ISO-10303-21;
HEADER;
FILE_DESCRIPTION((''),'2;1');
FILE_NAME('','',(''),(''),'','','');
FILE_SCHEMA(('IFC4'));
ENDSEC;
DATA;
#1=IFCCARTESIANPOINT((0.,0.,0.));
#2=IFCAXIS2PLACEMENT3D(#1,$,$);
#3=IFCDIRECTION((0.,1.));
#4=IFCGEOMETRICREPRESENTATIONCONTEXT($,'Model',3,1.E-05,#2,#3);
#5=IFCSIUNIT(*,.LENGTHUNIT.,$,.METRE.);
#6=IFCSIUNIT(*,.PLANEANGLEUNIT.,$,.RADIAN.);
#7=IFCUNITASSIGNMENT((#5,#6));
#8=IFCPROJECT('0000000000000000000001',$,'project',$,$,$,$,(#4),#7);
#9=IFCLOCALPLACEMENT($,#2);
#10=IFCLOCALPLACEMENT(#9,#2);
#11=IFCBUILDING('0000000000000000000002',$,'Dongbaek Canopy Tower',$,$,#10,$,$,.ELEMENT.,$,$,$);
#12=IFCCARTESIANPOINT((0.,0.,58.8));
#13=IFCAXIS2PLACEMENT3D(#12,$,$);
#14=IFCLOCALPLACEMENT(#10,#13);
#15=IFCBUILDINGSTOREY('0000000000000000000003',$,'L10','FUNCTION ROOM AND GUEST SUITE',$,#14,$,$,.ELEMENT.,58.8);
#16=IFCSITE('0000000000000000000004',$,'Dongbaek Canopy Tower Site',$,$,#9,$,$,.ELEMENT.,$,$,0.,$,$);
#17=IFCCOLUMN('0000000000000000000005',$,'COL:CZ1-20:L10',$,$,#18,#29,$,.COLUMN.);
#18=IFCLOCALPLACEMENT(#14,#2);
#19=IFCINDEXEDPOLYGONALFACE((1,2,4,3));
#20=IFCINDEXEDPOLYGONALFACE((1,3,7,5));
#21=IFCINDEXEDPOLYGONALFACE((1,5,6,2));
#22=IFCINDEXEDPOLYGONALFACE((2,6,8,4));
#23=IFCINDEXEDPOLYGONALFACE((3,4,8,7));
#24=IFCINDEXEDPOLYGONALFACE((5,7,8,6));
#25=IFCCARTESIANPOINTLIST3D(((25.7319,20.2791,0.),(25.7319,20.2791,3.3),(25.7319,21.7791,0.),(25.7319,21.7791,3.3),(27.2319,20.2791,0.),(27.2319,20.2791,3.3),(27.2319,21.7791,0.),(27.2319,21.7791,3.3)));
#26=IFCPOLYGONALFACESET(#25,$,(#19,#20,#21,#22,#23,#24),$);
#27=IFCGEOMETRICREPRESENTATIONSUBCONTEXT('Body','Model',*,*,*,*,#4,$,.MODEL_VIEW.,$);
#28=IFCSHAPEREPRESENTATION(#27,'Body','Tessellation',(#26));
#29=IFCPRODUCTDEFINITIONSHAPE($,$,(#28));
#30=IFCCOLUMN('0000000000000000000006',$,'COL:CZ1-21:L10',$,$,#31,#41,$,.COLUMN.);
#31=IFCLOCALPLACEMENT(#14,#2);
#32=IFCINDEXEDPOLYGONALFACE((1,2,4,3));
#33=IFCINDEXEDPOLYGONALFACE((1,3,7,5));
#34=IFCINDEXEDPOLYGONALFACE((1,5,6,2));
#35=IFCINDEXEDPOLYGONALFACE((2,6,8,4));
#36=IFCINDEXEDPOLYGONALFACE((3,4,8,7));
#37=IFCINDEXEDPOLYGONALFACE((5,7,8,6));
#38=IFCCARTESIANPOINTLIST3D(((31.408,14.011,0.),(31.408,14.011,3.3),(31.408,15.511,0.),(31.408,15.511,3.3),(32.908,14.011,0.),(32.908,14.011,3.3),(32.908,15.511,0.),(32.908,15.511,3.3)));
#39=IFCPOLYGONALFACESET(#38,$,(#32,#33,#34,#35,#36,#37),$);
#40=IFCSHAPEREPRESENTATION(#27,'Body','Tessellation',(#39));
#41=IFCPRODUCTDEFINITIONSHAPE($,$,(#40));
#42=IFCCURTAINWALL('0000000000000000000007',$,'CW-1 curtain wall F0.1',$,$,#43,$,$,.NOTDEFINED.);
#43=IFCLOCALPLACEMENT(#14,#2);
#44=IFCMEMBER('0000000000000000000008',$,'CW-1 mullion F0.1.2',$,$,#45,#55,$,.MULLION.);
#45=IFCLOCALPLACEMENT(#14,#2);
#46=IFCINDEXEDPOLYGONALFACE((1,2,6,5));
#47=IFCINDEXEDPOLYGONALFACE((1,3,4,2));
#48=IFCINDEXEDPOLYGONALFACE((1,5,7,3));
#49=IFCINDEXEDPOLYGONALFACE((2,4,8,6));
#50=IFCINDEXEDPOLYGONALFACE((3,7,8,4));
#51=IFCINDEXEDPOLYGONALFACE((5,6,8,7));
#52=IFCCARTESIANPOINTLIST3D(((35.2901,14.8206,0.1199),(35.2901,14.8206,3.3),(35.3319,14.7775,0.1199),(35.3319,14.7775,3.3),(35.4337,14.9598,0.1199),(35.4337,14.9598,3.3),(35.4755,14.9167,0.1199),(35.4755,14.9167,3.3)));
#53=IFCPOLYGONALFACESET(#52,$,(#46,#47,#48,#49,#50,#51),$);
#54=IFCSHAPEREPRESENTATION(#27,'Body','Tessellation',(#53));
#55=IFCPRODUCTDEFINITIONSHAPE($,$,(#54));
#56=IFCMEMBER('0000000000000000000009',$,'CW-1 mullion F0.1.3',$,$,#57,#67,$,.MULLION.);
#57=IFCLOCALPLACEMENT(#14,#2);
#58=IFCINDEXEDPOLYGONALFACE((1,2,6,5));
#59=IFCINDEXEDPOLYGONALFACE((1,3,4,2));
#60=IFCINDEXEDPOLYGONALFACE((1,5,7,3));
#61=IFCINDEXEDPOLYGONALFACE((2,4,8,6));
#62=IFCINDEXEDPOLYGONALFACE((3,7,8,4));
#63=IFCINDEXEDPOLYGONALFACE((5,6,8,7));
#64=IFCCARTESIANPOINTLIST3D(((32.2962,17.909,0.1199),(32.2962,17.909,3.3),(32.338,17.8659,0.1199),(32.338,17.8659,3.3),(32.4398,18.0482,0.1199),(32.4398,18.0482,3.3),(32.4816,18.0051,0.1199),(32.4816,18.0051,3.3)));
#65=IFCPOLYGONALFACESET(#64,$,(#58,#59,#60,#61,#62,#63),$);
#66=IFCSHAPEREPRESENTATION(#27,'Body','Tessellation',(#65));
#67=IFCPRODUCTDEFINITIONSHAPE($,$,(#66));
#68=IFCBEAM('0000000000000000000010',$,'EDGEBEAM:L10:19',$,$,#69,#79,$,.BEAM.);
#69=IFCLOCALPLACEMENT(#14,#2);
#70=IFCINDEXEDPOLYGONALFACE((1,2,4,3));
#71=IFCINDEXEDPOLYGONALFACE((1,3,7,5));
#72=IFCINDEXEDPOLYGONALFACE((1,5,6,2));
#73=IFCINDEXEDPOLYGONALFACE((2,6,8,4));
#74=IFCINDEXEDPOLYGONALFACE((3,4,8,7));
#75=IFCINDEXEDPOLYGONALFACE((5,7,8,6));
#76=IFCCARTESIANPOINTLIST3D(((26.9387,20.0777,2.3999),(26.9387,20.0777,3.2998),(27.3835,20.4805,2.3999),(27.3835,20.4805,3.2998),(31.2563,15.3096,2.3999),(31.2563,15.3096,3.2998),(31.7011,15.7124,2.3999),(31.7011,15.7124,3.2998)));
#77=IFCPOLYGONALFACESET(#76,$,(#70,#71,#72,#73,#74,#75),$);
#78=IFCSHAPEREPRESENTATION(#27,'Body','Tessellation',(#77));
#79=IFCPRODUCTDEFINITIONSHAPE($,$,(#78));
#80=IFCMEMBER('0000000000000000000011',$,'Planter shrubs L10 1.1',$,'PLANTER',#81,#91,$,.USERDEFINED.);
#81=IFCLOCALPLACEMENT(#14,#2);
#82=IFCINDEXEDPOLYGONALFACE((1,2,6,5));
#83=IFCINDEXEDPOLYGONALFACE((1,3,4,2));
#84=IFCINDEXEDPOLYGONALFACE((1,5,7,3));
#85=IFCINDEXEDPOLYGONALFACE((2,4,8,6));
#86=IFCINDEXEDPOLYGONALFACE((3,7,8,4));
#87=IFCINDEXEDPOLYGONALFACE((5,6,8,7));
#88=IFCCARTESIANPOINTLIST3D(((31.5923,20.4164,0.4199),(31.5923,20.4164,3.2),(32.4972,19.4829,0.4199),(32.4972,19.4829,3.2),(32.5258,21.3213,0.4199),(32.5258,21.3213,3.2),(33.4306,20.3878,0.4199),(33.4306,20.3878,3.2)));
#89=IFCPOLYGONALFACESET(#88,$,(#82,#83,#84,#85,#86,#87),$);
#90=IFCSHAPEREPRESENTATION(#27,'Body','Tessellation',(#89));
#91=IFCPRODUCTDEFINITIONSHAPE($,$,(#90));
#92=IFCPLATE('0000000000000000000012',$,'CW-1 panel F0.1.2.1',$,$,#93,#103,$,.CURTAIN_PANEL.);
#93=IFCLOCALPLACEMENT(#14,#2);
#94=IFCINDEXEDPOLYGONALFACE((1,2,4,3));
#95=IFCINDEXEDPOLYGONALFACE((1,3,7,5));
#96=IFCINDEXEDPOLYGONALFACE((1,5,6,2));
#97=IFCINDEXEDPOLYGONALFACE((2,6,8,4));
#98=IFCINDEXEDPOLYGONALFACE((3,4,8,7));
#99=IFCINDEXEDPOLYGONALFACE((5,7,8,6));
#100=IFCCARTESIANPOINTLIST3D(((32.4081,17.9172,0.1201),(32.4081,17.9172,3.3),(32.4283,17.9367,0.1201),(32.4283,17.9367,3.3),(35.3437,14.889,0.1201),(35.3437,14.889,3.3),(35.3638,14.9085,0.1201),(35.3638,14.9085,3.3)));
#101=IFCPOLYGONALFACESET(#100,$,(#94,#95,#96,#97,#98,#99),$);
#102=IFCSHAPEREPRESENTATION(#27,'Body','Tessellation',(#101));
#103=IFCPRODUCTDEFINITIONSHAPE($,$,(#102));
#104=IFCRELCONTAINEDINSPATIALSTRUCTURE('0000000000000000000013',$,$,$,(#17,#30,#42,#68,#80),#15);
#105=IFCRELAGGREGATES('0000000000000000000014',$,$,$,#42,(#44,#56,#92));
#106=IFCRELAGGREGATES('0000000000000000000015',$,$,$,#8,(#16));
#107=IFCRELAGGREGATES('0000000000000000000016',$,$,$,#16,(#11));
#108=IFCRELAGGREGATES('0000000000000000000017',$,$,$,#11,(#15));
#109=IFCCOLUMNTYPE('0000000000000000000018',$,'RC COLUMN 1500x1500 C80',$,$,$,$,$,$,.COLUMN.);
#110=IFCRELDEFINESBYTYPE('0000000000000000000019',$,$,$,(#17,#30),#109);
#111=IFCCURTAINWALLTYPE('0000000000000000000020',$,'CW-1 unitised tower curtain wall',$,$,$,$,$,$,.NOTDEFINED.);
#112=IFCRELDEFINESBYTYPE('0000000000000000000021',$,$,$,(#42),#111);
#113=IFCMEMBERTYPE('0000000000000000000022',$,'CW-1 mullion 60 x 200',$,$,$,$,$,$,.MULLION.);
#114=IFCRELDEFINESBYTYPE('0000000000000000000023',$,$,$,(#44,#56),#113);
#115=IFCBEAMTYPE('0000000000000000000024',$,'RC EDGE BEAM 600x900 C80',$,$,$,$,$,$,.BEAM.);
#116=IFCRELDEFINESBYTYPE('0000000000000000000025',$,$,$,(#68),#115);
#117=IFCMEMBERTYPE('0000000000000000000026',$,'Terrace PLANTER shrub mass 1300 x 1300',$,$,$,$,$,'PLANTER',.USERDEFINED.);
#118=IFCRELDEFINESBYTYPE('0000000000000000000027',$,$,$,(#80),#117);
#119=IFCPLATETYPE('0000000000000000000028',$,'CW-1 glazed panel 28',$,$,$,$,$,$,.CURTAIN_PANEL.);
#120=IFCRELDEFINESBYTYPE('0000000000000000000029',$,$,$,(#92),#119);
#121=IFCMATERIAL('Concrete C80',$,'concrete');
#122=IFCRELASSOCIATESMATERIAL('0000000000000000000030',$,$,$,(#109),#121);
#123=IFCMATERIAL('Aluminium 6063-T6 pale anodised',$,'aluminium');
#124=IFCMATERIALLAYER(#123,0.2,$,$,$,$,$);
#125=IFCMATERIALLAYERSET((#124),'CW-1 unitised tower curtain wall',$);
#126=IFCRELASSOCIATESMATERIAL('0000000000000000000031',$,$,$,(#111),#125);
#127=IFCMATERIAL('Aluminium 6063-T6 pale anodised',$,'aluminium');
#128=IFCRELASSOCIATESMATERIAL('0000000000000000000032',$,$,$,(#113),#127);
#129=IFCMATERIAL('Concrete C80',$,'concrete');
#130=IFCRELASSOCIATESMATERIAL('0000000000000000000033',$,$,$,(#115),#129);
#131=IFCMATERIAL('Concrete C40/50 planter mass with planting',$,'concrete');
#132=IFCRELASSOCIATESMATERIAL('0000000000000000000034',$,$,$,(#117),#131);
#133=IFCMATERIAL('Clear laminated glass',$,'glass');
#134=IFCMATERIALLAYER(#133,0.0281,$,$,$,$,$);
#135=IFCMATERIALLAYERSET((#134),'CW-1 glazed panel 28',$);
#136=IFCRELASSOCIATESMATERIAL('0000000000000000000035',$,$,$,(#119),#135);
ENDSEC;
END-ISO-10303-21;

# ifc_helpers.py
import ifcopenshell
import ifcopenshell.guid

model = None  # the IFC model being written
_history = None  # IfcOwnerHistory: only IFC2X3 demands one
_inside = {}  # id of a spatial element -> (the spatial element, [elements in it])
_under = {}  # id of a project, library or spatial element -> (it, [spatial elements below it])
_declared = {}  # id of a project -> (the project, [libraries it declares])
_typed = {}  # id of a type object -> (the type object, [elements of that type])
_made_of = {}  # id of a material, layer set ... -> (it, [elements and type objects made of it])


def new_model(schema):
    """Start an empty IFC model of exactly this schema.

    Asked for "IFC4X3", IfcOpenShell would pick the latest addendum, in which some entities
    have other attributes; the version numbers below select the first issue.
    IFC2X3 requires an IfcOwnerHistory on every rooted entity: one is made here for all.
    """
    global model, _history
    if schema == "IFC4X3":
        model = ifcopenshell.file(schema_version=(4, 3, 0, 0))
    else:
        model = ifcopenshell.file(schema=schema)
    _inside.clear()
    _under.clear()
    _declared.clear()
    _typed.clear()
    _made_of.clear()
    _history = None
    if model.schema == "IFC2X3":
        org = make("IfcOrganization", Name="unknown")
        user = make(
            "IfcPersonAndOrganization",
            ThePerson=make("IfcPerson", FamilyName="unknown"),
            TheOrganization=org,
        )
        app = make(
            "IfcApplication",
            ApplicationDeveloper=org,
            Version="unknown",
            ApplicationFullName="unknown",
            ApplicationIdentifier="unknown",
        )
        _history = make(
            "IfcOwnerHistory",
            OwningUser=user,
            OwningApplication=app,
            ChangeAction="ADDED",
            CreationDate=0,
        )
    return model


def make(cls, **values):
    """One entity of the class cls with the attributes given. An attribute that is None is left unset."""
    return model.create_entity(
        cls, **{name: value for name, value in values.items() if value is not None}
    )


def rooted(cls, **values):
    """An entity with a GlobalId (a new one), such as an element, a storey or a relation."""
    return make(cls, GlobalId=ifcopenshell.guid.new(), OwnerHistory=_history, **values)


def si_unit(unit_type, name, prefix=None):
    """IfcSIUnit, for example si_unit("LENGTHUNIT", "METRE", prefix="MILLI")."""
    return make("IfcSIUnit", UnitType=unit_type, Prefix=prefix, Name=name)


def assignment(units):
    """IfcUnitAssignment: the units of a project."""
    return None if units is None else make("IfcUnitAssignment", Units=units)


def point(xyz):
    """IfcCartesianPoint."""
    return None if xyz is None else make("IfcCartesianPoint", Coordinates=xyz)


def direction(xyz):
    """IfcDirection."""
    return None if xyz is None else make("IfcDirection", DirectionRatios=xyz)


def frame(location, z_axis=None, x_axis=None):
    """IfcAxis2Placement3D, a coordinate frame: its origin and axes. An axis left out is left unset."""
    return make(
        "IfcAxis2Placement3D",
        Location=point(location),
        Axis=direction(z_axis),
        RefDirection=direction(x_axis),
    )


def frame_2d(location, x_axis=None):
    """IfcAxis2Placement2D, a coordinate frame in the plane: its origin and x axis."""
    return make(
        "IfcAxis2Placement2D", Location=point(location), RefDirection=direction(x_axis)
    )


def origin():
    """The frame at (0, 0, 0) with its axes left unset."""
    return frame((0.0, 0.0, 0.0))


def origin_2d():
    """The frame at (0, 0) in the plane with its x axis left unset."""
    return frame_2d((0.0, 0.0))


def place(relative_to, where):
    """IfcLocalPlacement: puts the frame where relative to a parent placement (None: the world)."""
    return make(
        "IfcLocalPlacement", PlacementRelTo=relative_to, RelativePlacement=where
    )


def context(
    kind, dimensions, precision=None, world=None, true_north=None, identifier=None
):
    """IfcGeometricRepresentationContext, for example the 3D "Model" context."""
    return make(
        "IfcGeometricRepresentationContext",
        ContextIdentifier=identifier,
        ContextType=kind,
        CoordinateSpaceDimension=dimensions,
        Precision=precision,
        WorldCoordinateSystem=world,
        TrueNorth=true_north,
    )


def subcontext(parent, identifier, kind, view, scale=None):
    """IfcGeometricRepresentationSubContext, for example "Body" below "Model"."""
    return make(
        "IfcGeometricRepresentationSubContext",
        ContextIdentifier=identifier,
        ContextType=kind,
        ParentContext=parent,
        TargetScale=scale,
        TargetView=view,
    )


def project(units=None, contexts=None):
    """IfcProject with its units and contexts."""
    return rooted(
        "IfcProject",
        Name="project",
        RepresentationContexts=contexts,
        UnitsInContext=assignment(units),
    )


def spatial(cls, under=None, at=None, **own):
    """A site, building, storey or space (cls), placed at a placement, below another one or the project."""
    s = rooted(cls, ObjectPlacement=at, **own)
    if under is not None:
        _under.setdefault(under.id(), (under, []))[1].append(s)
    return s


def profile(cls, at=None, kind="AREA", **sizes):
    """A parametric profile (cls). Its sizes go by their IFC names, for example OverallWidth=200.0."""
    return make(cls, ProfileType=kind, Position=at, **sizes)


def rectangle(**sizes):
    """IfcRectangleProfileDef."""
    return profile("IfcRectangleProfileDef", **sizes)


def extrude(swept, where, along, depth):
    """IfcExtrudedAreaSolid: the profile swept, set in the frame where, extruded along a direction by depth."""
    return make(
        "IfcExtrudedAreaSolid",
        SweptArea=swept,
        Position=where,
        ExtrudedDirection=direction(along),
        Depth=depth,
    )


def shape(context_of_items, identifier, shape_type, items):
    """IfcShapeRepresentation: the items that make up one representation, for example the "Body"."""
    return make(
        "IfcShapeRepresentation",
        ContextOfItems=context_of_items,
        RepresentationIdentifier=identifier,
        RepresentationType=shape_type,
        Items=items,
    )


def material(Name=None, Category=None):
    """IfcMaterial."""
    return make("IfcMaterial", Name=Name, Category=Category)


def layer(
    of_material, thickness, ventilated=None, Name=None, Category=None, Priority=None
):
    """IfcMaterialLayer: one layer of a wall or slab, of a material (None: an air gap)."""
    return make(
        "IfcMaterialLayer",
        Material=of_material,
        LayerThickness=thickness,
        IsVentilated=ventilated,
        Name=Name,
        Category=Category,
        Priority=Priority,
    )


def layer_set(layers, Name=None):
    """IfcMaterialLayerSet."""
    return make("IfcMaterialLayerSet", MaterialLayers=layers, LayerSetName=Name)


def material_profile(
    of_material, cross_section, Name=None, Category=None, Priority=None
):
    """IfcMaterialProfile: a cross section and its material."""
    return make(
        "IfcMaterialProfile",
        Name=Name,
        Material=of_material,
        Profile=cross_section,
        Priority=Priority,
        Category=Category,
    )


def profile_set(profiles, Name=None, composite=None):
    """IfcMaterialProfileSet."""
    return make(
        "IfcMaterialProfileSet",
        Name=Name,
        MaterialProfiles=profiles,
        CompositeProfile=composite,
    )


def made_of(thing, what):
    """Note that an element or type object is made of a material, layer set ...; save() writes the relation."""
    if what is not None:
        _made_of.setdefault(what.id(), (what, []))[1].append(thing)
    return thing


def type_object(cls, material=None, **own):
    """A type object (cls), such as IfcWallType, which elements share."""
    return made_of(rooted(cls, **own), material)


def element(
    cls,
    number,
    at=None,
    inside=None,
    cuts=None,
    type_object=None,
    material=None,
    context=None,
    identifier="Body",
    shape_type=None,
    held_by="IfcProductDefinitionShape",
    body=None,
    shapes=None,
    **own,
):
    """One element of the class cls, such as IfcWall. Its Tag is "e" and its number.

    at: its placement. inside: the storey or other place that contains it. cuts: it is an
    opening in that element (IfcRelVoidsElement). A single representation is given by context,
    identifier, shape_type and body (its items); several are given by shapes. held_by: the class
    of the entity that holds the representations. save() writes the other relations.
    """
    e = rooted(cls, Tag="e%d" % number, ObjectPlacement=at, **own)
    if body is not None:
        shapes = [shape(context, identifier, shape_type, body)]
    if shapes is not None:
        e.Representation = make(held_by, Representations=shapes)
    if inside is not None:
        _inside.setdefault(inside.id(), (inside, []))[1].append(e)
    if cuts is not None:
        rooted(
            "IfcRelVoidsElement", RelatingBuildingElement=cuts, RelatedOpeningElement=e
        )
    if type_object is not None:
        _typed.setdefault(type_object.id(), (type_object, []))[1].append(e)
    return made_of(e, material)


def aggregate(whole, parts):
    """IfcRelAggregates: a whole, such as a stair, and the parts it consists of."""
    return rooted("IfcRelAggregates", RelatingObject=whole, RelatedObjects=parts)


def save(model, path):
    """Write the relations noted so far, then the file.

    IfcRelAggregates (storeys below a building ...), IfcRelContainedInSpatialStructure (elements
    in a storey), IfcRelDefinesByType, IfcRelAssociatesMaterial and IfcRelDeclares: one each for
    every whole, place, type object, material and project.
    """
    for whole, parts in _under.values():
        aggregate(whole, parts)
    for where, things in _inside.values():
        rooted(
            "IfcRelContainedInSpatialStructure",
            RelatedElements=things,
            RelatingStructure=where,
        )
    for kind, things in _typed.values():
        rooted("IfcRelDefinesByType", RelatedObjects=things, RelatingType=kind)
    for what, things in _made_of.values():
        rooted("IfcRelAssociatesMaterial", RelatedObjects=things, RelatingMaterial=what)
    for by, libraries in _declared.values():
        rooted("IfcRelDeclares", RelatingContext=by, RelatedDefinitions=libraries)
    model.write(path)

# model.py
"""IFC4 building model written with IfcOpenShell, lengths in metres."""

from ifc_helpers import new_model, si_unit, direction, frame, origin, origin_2d, place, context, subcontext, project, spatial, rectangle, extrude, material, layer, layer_set, material_profile, profile_set, type_object, element, aggregate, save


model = new_model("IFC4")

# Units and contexts
model_context = context("Model", 3, precision=1e-05, world=origin(), true_north=direction((0.0, 1.0)))
body_context = subcontext(model_context, "Body", "Model", "MODEL_VIEW")
ifc_project = project(units=[si_unit("LENGTHUNIT", "METRE"), si_unit("PLANEANGLEUNIT", "RADIAN")], contexts=[model_context])

# Site, building, storey
site_placement = place(None, origin())
site = spatial("IfcSite", under=ifc_project, at=site_placement, Name="Dongbaek Canopy Tower Site", CompositionType="ELEMENT", RefElevation=0.0)
building_placement = place(site_placement, origin())
building = spatial("IfcBuilding", under=site, at=building_placement, Name="Dongbaek Canopy Tower", CompositionType="ELEMENT")
storey_placement = place(building_placement, frame((0.0, 0.0, 58.8)))
storey = spatial("IfcBuildingStorey", under=building, at=storey_placement, Name="L10", Description="FUNCTION ROOM AND GUEST SUITE", CompositionType="ELEMENT", Elevation=58.8)

# Columns
ifc_material_1 = material(Name="Concrete C80", Category="concrete")
ifc_material_profile_1 = material_profile(ifc_material_1, rectangle(XDim=1.5, YDim=1.5, at=origin_2d()), Name="RC COLUMN 1500x1500 C80")
ifc_profile_set_1 = profile_set([ifc_material_profile_1], Name="Concrete C80")
column_type = type_object("IfcColumnType", Name="RC COLUMN 1500x1500 C80", PredefinedType="COLUMN", material=ifc_profile_set_1)
for number, where, z_axis, x_axis, name in (
    (1, (26.4819, 21.0291, 0.0), (0.0, 0.0, 1.0), (1.0, 0.0, 0.0), "COL:CZ1-20:L10"),
    (2, (32.158, 14.761, 0.0), (0.0, 0.0, 1.0), (1.0, 0.0, 0.0), "COL:CZ1-21:L10"),
):
    element("IfcColumn", number, at=place(storey_placement, frame(where, z_axis=z_axis, x_axis=x_axis)), inside=storey, type_object=column_type, Name=name, PredefinedType="COLUMN", context=body_context, shape_type="SweptSolid", body=[
        extrude(rectangle(XDim=1.5, YDim=1.5, at=origin_2d()), origin(), (0.0, 0.0, 1.0), 3.3),
    ])

# Curtain wall, members
ifc_material_2 = material(Name="Aluminium 6063-T6 pale anodised", Category="aluminium")
ifc_layer_1 = layer(ifc_material_2, 0.2)
ifc_layer_set_1 = layer_set([ifc_layer_1], Name="CW-1 unitised tower curtain wall")
curtain_wall_type = type_object("IfcCurtainWallType", Name="CW-1 unitised tower curtain wall", PredefinedType="NOTDEFINED", material=ifc_layer_set_1)
curtain_wall_placement = place(storey_placement, origin())
curtain_wall = element("IfcCurtainWall", 3, at=curtain_wall_placement, inside=storey, type_object=curtain_wall_type, Name="CW-1 curtain wall F0.1", PredefinedType="NOTDEFINED")
ifc_material_3 = material(Name="Aluminium 6063-T6 pale anodised", Category="aluminium")
ifc_material_profile_2 = material_profile(ifc_material_3, rectangle(XDim=0.2, YDim=0.0601, at=origin_2d()), Name="CW-1 mullion 60 x 200")
ifc_profile_set_2 = profile_set([ifc_material_profile_2], Name="Aluminium 6063-T6 pale anodised")
member_type_1 = type_object("IfcMemberType", Name="CW-1 mullion 60 x 200", PredefinedType="MULLION", material=ifc_profile_set_2)
member_1_placement = place(storey_placement, frame((35.3828, 14.8687, 0.1199), z_axis=(0.0, 0.0, 1.0), x_axis=(0.718004, 0.696039, 0.0)))
member_1 = element("IfcMember", 4, at=member_1_placement, type_object=member_type_1, Name="CW-1 mullion F0.1.2", PredefinedType="MULLION", context=body_context, shape_type="SweptSolid", body=[
    extrude(rectangle(XDim=0.2, YDim=0.0601, at=origin_2d()), origin(), (0.0, 0.0, 1.0), 3.1802),
])
member_2_placement = place(storey_placement, frame((32.3889, 17.957, 0.1199), z_axis=(0.0, 0.0, 1.0), x_axis=(0.718004, 0.696039, 0.0)))
member_2 = element("IfcMember", 5, at=member_2_placement, type_object=member_type_1, Name="CW-1 mullion F0.1.3", PredefinedType="MULLION", context=body_context, shape_type="SweptSolid", body=[
    extrude(rectangle(XDim=0.2, YDim=0.0601, at=origin_2d()), origin(), (0.0, 0.0, 1.0), 3.1802),
])

# Beam
ifc_material_4 = material(Name="Concrete C80", Category="concrete")
ifc_material_profile_3 = material_profile(ifc_material_4, rectangle(XDim=0.6001, YDim=0.8999, at=origin_2d()), Name="RC EDGE BEAM 600x900 C80")
ifc_profile_set_3 = profile_set([ifc_material_profile_3], Name="Concrete C80")
beam_type = type_object("IfcBeamType", Name="RC EDGE BEAM 600x900 C80", PredefinedType="BEAM", material=ifc_profile_set_3)
beam_placement = place(storey_placement, frame((27.1611, 20.2791, 2.8499), z_axis=(0.671226, -0.741252, 0.0), x_axis=(0.741252, 0.671226, 0.0)))
element("IfcBeam", 6, at=beam_placement, inside=storey, type_object=beam_type, Name="EDGEBEAM:L10:19", PredefinedType="BEAM", context=body_context, shape_type="SweptSolid", body=[
    extrude(rectangle(XDim=0.6001, YDim=0.8999, at=origin_2d()), origin(), (0.0, 0.0, 1.0), 6.4324),
])

# Member
ifc_material_5 = material(Name="Concrete C40/50 planter mass with planting", Category="concrete")
ifc_material_profile_4 = material_profile(ifc_material_5, rectangle(XDim=1.3, YDim=1.3, at=origin_2d()), Name="Terrace PLANTER shrub mass 1300 x 1300")
ifc_profile_set_4 = profile_set([ifc_material_profile_4], Name="Concrete C40/50 planter mass with planting")
member_type_2 = type_object("IfcMemberType", Name="Terrace PLANTER shrub mass 1300 x 1300", ElementType="PLANTER", PredefinedType="USERDEFINED", material=ifc_profile_set_4)
member_3_placement = place(storey_placement, frame((32.5115, 20.4021, 0.4199), z_axis=(0.0, 0.0, 1.0), x_axis=(0.718004, 0.696039, 0.0)))
element("IfcMember", 7, at=member_3_placement, inside=storey, type_object=member_type_2, Name="Planter shrubs L10 1.1", ObjectType="PLANTER", PredefinedType="USERDEFINED", context=body_context, shape_type="SweptSolid", body=[
    extrude(rectangle(XDim=1.3, YDim=1.3, at=origin_2d()), origin(), (0.0, 0.0, 1.0), 2.78),
])

# Plate
ifc_material_6 = material(Name="Clear laminated glass", Category="glass")
ifc_layer_2 = layer(ifc_material_6, 0.0281)
ifc_layer_set_2 = layer_set([ifc_layer_2], Name="CW-1 glazed panel 28")
plate_type = type_object("IfcPlateType", Name="CW-1 glazed panel 28", PredefinedType="CURTAIN_PANEL", material=ifc_layer_set_2)
plate_placement = place(storey_placement, frame((33.886, 16.4128, 0.1201), z_axis=(0.0, 0.0, 1.0), x_axis=(-0.696039, 0.718004, 0.0)))
plate = element("IfcPlate", 8, at=plate_placement, type_object=plate_type, Name="CW-1 panel F0.1.2.1", PredefinedType="CURTAIN_PANEL", context=body_context, shape_type="SweptSolid", body=[
    extrude(rectangle(XDim=4.2175, YDim=0.0281, at=origin_2d()), origin(), (0.0, 0.0, 1.0), 3.1799),
])
aggregate(curtain_wall, [member_1, member_2, plate])

save(model, "model.ifc")
